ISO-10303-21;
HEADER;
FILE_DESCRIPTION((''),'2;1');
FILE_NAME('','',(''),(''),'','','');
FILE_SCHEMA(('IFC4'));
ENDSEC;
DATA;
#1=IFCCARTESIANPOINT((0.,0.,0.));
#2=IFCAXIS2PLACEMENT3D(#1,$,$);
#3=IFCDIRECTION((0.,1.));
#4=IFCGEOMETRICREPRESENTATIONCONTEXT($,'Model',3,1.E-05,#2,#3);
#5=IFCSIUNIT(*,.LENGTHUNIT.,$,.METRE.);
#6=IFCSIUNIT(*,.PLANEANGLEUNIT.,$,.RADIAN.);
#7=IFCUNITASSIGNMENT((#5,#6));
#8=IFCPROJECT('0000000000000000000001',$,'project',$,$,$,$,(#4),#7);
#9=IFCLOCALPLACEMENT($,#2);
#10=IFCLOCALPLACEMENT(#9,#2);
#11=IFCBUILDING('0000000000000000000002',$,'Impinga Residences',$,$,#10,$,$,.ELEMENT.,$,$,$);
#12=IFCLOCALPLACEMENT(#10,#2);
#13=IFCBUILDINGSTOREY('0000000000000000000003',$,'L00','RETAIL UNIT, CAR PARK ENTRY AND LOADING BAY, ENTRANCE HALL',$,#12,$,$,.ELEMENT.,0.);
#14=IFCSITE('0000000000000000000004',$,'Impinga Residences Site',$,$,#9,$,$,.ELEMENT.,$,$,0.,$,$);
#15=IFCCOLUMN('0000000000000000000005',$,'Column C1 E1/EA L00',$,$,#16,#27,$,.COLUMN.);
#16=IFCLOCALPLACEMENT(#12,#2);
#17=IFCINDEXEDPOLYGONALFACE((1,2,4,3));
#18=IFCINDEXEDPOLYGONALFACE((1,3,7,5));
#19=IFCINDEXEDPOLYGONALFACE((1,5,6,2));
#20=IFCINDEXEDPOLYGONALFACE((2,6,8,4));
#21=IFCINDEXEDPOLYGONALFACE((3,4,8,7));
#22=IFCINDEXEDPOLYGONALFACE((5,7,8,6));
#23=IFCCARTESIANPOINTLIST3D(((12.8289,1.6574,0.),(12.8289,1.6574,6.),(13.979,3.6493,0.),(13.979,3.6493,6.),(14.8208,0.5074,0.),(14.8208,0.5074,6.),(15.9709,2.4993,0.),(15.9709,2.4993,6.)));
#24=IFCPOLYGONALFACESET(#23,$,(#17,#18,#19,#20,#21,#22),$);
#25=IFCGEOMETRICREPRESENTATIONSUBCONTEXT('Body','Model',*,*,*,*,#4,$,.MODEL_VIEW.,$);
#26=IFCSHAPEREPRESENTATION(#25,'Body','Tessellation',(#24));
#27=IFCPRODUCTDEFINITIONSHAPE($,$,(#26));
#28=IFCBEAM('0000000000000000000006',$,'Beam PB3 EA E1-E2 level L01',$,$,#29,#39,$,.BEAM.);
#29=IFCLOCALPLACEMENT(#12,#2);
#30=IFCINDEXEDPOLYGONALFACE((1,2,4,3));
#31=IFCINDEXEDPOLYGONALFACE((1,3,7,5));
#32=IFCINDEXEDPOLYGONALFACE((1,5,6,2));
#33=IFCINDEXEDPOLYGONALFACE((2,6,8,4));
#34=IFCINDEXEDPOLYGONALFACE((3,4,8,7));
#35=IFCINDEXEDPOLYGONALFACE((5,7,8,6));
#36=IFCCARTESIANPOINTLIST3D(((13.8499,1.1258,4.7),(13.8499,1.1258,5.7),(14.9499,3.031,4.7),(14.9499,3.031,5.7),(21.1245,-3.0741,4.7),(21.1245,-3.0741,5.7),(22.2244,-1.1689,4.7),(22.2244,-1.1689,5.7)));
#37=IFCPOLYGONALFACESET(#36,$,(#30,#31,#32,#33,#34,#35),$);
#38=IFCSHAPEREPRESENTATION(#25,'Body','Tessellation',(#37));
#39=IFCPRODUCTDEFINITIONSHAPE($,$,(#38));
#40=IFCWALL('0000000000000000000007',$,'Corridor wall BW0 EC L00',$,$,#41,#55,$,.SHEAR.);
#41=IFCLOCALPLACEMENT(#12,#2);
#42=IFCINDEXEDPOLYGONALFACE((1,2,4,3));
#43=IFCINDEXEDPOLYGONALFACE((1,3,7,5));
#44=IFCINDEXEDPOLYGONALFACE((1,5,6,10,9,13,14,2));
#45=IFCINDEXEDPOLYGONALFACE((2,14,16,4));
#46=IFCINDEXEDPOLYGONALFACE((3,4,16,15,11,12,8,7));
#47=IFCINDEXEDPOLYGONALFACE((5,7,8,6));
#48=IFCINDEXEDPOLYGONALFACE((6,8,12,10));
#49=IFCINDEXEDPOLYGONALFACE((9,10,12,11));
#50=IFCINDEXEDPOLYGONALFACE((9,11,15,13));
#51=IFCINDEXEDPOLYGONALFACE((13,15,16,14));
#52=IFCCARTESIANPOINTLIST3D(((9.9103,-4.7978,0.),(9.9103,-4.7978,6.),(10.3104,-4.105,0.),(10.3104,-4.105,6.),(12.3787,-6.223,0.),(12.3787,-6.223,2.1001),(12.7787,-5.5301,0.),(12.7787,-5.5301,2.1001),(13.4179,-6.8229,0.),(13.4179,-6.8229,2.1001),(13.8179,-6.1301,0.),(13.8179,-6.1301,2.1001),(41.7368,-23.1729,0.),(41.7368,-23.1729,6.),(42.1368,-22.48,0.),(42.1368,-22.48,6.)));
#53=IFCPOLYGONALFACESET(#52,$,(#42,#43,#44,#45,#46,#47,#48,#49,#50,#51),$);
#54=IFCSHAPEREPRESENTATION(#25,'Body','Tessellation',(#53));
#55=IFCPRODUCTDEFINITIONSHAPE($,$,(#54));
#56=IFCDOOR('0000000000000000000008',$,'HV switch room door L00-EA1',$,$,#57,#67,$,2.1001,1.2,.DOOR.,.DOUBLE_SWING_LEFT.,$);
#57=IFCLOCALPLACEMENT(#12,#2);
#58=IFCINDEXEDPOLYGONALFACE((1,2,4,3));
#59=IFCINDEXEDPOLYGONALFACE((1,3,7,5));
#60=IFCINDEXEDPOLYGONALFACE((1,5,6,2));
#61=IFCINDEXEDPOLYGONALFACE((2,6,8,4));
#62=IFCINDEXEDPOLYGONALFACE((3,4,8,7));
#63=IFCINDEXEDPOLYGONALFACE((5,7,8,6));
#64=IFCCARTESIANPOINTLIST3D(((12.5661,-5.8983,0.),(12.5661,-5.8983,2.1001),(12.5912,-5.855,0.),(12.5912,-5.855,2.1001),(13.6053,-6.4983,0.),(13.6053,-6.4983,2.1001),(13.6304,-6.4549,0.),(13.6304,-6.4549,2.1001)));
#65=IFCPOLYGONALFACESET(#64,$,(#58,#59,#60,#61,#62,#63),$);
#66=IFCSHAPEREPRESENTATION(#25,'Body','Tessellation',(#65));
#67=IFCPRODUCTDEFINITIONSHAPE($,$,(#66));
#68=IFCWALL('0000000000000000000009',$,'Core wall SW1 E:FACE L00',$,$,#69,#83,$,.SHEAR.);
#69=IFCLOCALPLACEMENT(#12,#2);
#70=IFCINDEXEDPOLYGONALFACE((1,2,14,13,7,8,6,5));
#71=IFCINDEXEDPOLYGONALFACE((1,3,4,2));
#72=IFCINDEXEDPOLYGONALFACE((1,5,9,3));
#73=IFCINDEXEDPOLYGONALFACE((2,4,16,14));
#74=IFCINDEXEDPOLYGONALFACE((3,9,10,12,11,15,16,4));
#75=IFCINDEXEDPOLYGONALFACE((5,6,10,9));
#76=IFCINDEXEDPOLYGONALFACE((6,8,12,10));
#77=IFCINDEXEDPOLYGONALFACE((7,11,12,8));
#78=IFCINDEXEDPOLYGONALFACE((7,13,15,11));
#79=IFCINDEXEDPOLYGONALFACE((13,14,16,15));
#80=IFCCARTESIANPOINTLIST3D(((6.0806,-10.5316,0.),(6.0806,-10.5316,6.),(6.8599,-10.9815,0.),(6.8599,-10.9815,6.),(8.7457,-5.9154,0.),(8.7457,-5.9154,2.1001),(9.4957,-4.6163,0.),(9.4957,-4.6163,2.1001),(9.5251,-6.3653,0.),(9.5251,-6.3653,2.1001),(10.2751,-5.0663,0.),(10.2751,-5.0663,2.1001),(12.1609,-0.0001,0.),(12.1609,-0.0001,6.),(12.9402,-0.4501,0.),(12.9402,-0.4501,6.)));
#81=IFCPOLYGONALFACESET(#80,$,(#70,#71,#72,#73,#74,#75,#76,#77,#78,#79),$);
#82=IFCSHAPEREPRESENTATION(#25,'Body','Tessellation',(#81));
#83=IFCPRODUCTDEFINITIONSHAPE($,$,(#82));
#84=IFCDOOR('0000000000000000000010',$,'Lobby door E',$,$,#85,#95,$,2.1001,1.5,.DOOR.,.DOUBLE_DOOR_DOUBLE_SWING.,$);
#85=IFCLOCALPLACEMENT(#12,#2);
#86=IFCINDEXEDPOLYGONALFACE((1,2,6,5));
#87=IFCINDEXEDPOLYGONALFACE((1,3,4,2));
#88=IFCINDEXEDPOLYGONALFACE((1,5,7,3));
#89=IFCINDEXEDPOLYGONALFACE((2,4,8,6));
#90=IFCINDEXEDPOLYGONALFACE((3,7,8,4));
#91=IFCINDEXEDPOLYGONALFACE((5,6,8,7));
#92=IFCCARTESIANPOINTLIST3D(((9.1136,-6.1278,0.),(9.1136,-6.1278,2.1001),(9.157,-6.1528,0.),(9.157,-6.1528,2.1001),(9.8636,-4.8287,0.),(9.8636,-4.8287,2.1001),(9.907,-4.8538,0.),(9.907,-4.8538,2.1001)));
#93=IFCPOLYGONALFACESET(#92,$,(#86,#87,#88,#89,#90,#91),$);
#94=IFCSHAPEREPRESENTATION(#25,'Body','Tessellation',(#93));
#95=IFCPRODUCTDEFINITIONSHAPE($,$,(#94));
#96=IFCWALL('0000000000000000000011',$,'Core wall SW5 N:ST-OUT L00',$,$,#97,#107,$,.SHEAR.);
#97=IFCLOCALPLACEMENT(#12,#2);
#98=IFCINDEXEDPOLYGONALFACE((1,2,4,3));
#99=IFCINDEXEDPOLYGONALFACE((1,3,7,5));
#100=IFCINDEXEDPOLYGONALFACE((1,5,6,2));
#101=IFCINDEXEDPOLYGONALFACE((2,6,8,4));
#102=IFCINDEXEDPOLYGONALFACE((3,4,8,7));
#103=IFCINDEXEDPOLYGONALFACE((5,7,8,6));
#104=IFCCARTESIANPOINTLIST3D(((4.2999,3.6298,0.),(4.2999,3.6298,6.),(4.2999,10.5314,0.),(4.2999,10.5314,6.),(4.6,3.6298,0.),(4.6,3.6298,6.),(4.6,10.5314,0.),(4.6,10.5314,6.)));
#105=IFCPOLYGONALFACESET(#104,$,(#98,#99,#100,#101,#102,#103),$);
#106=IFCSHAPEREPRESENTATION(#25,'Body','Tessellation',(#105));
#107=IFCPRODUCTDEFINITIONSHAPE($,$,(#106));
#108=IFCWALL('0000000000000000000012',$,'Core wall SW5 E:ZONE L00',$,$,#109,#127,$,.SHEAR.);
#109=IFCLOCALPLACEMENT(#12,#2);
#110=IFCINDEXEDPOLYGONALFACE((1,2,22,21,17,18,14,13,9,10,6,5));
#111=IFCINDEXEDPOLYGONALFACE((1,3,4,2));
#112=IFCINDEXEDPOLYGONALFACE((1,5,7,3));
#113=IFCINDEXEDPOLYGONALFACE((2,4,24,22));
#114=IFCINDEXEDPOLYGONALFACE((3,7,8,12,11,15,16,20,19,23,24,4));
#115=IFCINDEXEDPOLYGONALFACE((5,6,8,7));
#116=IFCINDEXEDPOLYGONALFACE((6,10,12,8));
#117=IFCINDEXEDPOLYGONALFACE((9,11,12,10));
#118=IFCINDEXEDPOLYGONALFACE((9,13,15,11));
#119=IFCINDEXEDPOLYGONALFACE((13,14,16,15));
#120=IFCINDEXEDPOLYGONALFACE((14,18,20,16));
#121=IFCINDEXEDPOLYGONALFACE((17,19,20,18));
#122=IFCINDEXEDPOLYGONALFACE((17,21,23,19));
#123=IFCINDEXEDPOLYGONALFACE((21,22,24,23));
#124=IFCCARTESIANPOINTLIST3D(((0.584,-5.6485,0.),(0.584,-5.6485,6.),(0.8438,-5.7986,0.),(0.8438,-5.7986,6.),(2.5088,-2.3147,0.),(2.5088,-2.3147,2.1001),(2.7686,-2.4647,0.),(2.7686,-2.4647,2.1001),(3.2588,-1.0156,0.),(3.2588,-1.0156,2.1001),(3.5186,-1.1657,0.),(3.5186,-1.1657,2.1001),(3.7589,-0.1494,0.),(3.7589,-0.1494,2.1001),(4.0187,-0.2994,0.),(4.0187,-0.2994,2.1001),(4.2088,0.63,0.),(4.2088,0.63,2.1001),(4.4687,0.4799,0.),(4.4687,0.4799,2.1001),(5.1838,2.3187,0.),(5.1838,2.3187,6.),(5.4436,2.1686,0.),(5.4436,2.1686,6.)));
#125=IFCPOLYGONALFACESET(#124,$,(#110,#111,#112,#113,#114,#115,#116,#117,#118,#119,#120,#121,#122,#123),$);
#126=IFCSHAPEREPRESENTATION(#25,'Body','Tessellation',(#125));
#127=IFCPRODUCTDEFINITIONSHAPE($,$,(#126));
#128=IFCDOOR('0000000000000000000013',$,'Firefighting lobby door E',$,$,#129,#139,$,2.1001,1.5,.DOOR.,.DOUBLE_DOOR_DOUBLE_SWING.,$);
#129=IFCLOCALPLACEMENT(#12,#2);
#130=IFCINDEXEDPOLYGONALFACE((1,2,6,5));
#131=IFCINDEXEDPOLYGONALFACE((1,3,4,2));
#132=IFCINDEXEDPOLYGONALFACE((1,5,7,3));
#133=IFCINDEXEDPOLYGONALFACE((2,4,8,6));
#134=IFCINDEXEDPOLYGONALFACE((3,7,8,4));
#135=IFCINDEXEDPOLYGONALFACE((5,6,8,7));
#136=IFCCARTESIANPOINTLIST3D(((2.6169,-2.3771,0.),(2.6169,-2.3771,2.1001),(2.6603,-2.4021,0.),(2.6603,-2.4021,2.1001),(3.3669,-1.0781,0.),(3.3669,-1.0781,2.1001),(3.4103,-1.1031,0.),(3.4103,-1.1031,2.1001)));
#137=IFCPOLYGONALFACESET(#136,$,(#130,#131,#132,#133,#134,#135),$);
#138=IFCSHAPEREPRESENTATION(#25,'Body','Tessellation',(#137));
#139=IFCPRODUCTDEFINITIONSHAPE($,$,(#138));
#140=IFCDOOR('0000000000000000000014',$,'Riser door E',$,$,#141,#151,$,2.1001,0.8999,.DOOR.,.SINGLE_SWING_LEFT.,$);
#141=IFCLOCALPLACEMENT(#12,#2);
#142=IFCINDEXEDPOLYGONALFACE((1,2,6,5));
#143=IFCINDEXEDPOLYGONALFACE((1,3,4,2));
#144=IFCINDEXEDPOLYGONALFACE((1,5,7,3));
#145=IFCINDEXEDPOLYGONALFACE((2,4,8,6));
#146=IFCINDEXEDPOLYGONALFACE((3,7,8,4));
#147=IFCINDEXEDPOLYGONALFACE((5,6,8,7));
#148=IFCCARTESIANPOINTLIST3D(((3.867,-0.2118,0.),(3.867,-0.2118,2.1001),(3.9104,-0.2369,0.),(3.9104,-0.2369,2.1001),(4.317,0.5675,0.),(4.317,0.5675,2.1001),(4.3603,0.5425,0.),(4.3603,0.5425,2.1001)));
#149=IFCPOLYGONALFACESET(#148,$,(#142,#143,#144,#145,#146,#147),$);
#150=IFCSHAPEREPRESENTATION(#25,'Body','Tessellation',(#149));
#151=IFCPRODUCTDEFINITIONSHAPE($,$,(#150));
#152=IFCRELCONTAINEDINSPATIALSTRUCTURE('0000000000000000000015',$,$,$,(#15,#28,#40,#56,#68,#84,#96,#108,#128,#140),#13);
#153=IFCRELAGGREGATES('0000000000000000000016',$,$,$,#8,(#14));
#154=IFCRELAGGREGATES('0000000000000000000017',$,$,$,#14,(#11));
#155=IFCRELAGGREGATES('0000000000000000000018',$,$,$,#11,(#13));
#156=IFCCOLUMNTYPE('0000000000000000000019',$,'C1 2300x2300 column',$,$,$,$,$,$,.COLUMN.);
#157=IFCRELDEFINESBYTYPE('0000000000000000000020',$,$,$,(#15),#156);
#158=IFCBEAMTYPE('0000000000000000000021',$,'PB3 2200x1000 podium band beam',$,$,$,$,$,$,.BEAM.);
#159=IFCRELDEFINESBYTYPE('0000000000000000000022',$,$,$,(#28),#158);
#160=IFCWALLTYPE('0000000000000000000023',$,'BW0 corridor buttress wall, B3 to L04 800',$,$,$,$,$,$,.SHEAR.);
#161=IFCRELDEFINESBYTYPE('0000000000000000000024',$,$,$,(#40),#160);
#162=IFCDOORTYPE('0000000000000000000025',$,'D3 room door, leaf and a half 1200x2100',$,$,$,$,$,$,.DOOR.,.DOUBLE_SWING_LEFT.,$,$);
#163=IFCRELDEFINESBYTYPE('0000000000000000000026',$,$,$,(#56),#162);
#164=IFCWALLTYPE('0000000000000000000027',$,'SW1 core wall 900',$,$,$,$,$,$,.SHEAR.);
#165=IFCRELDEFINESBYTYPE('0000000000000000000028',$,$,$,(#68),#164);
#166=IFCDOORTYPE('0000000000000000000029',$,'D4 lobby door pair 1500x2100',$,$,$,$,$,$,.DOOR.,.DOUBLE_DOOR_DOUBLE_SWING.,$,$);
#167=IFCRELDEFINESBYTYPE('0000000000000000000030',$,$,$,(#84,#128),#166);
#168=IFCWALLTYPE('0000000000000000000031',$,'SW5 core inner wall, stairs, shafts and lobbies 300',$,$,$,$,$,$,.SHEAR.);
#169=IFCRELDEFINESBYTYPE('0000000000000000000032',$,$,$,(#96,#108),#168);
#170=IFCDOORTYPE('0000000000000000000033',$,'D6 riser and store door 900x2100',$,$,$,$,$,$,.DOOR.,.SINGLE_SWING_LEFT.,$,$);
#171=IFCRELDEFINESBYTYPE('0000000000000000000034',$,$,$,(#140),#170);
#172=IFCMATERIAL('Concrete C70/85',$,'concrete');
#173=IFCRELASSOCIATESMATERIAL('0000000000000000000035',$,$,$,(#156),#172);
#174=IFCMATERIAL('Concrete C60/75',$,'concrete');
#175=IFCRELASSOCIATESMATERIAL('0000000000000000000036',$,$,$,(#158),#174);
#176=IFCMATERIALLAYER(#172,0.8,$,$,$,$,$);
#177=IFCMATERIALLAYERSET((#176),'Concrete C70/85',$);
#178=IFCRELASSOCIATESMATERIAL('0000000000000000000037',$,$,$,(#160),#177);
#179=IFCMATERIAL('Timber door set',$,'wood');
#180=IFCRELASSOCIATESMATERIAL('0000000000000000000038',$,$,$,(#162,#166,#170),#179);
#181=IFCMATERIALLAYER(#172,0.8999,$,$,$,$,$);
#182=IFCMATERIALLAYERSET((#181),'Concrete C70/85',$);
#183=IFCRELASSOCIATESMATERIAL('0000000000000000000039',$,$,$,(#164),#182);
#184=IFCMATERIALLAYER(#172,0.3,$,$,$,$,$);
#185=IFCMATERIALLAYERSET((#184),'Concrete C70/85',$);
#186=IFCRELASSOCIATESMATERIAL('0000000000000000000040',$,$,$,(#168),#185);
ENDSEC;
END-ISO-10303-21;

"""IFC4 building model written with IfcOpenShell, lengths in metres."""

from ifc_helpers import new_model, si_unit, direction, frame, frame_2d, origin, origin_2d, place, context, subcontext, project, spatial, rectangle, extrude, material, layer, layer_set, material_profile, profile_set, type_object, element, fill, save


model = new_model("IFC4")

# Units and contexts
model_context = context("Model", 3, precision=1e-05, world=origin(), true_north=direction((0.0, 1.0)))
body_context = subcontext(model_context, "Body", "Model", "MODEL_VIEW")
ifc_project = project(units=[si_unit("LENGTHUNIT", "METRE"), si_unit("PLANEANGLEUNIT", "RADIAN")], contexts=[model_context])

# Site, building, storey
site_placement = place(None, origin())
site = spatial("IfcSite", under=ifc_project, at=site_placement, Name="Impinga Residences Site", CompositionType="ELEMENT", RefElevation=0.0)
building_placement = place(site_placement, origin())
building = spatial("IfcBuilding", under=site, at=building_placement, Name="Impinga Residences", CompositionType="ELEMENT")
storey_placement = place(building_placement, origin())
storey = spatial("IfcBuildingStorey", under=building, at=storey_placement, Name="L00", Description="RETAIL UNIT, CAR PARK ENTRY AND LOADING BAY, ENTRANCE HALL", CompositionType="ELEMENT", Elevation=0.0)

# Column
ifc_material_1 = material(Name="Concrete C70/85", Category="concrete")
ifc_material_profile_1 = material_profile(ifc_material_1, rectangle(XDim=2.3, YDim=2.3, at=origin_2d()), Name="RC 2300x2300")
ifc_profile_set_1 = profile_set([ifc_material_profile_1], Name="Concrete C70/85")
column_type = type_object("IfcColumnType", Name="C1 2300x2300 column", PredefinedType="COLUMN", material=ifc_profile_set_1)
column_placement = place(storey_placement, frame((14.3999, 2.0784, 0.0), z_axis=(0.0, 0.0, 1.0), x_axis=(-0.5, -0.866025, 0.0)))
element("IfcColumn", 1, at=column_placement, inside=storey, type_object=column_type, Name="Column C1 E1/EA L00", PredefinedType="COLUMN", context=body_context, shape_type="SweptSolid", body=[
    extrude(rectangle(XDim=2.3, YDim=2.3, at=origin_2d()), origin(), (0.0, 0.0, 1.0), 6.0),
])

# Beam
ifc_material_2 = material(Name="Concrete C60/75", Category="concrete")
ifc_material_profile_2 = material_profile(ifc_material_2, rectangle(XDim=2.2, YDim=1.0, at=origin_2d()), Name="RC 2200x1000")
ifc_profile_set_2 = profile_set([ifc_material_profile_2], Name="Concrete C60/75")
beam_type = type_object("IfcBeamType", Name="PB3 2200x1000 podium band beam", PredefinedType="BEAM", material=ifc_profile_set_2)
beam_placement = place(storey_placement, frame((14.3999, 2.0784, 5.2), z_axis=(0.866029, -0.499993, 0.0), x_axis=(0.499993, 0.866029, 0.0)))
element("IfcBeam", 2, at=beam_placement, inside=storey, type_object=beam_type, Name="Beam PB3 EA E1-E2 level L01", PredefinedType="BEAM", context=body_context, shape_type="SweptSolid", body=[
    extrude(rectangle(XDim=2.2, YDim=1.0, at=origin_2d()), origin(), (0.0, 0.0, 1.0), 8.3999),
])

# Walls, openings, doors
ifc_layer_1 = layer(ifc_material_1, 0.8)
ifc_layer_set_1 = layer_set([ifc_layer_1], Name="Concrete C70/85")
wall_type_1 = type_object("IfcWallType", Name="BW0 corridor buttress wall, B3 to L04 800", PredefinedType="SHEAR", material=ifc_layer_set_1)
wall_1_placement = place(storey_placement, frame((10.1104, -4.4514, 0.0), z_axis=(0.0, 0.0, 1.0), x_axis=(0.866025, -0.5, 0.0)))
wall_1 = element("IfcWall", 3, at=wall_1_placement, inside=storey, type_object=wall_type_1, Name="Corridor wall BW0 EC L00", PredefinedType="SHEAR", context=body_context, shape_type="SweptSolid", body=[
    extrude(rectangle(XDim=36.75, YDim=0.8, at=frame_2d((18.375, 0.0))), origin(), (0.0, 0.0, 1.0), 6.0),
])
opening_1_placement = place(wall_1_placement, frame((2.8501, 0.0, 0.0)))
opening_1 = element("IfcOpeningElement", 4, at=opening_1_placement, cuts=wall_1, PredefinedType="OPENING", context=body_context, shape_type="SweptSolid", body=[
    extrude(rectangle(XDim=1.2, YDim=2.1001, at=frame_2d((0.6001, 1.05))), frame((0.0, 0.4099, 0.0), z_axis=(0.0, -1.0, 0.0), x_axis=(1.0, 0.0, 0.0)), (0.0, 0.0, 1.0), 0.8201),
])
ifc_material_3 = material(Name="Timber door set", Category="wood")
door_type_1 = type_object("IfcDoorType", Name="D3 room door, leaf and a half 1200x2100", OperationType="DOUBLE_SWING_LEFT", PredefinedType="DOOR", material=ifc_material_3)
door_1_placement = place(opening_1_placement, origin())
door_1 = element("IfcDoor", 5, at=door_1_placement, inside=storey, type_object=door_type_1, Name="HV switch room door L00-EA1", OperationType="DOUBLE_SWING_LEFT", OverallHeight=2.1001, OverallWidth=1.2, PredefinedType="DOOR", context=body_context, shape_type="SweptSolid", body=[
    extrude(rectangle(XDim=1.2, YDim=2.1001, at=frame_2d((0.6001, 1.05))), frame((0.0, 0.0249, 0.0), z_axis=(0.0, -1.0, 0.0), x_axis=(1.0, 0.0, 0.0)), (0.0, 0.0, 1.0), 0.05),
])
fill(opening_1, door_1)
ifc_layer_2 = layer(ifc_material_1, 0.8999)
ifc_layer_set_2 = layer_set([ifc_layer_2], Name="Concrete C70/85")
wall_type_2 = type_object("IfcWallType", Name="SW1 core wall 900", PredefinedType="SHEAR", material=ifc_layer_set_2)
wall_2_placement = place(storey_placement, frame((12.5505, -0.2251, 0.0), z_axis=(0.0, 0.0, 1.0), x_axis=(-0.499998, -0.866027, 0.0)))
wall_2 = element("IfcWall", 6, at=wall_2_placement, inside=storey, type_object=wall_type_2, Name="Core wall SW1 E:FACE L00", PredefinedType="SHEAR", context=body_context, shape_type="SweptSolid", body=[
    extrude(rectangle(XDim=12.1606, YDim=0.8999, at=frame_2d((6.0803, 0.0))), origin(), (0.0, 0.0, 1.0), 6.0),
])
opening_2_placement = place(wall_2_placement, frame((5.3303, 0.0, 0.0)))
opening_2 = element("IfcOpeningElement", 7, at=opening_2_placement, cuts=wall_2, PredefinedType="OPENING", context=body_context, shape_type="SweptSolid", body=[
    extrude(rectangle(XDim=1.5, YDim=2.1001, at=frame_2d((0.75, 1.05))), frame((0.0, 0.46, 0.0), z_axis=(0.0, -1.0, 0.0), x_axis=(1.0, 0.0, 0.0)), (0.0, 0.0, 1.0), 0.9199),
])
door_type_2 = type_object("IfcDoorType", Name="D4 lobby door pair 1500x2100", OperationType="DOUBLE_DOOR_DOUBLE_SWING", PredefinedType="DOOR", material=ifc_material_3)
door_2_placement = place(opening_2_placement, origin())
door_2 = element("IfcDoor", 8, at=door_2_placement, inside=storey, type_object=door_type_2, Name="Lobby door E", OperationType="DOUBLE_DOOR_DOUBLE_SWING", OverallHeight=2.1001, OverallWidth=1.5, PredefinedType="DOOR", context=body_context, shape_type="SweptSolid", body=[
    extrude(rectangle(XDim=1.5, YDim=2.1001, at=frame_2d((0.75, 1.05))), frame((0.0, 0.0249, 0.0), z_axis=(0.0, -1.0, 0.0), x_axis=(1.0, 0.0, 0.0)), (0.0, 0.0, 1.0), 0.05),
])
fill(opening_2, door_2)

# Wall
ifc_layer_3 = layer(ifc_material_1, 0.3)
ifc_layer_set_3 = layer_set([ifc_layer_3], Name="Concrete C70/85")
wall_type_3 = type_object("IfcWallType", Name="SW5 core inner wall, stairs, shafts and lobbies 300", PredefinedType="SHEAR", material=ifc_layer_set_3)
wall_3_placement = place(storey_placement, frame((4.45, 3.6299, 0.0), z_axis=(0.0, 0.0, 1.0), x_axis=(0.0, 1.0, 0.0)))
element("IfcWall", 9, at=wall_3_placement, inside=storey, type_object=wall_type_3, Name="Core wall SW5 N:ST-OUT L00", PredefinedType="SHEAR", context=body_context, shape_type="SweptSolid", body=[
    extrude(rectangle(XDim=6.9016, YDim=0.3, at=frame_2d((3.4507, 0.0))), origin(), (0.0, 0.0, 1.0), 6.0),
])

# Wall, openings, doors
wall_4_placement = place(storey_placement, frame((5.3137, 2.2437, 0.0), z_axis=(0.0, 0.0, 1.0), x_axis=(-0.499995, -0.866028, 0.0)))
wall_4 = element("IfcWall", 10, at=wall_4_placement, inside=storey, type_object=wall_type_3, Name="Core wall SW5 E:ZONE L00", PredefinedType="SHEAR", context=body_context, shape_type="SweptSolid", body=[
    extrude(rectangle(XDim=9.1997, YDim=0.3, at=frame_2d((4.5999, 0.0))), origin(), (0.0, 0.0, 1.0), 6.0),
])
opening_3_placement = place(wall_4_placement, frame((3.8501, 0.0, 0.0)))
opening_3 = element("IfcOpeningElement", 11, at=opening_3_placement, cuts=wall_4, PredefinedType="OPENING", context=body_context, shape_type="SweptSolid", body=[
    extrude(rectangle(XDim=1.5, YDim=2.1001, at=frame_2d((0.75, 1.05))), frame((0.0, 0.1599, 0.0), z_axis=(0.0, -1.0, 0.0), x_axis=(1.0, 0.0, 0.0)), (0.0, 0.0, 1.0), 0.3201),
])
opening_4_placement = place(wall_4_placement, frame((1.95, 0.0, 0.0)))
opening_4 = element("IfcOpeningElement", 12, at=opening_4_placement, cuts=wall_4, PredefinedType="OPENING", context=body_context, shape_type="SweptSolid", body=[
    extrude(rectangle(XDim=0.8999, YDim=2.1001, at=frame_2d((0.45, 1.05))), frame((0.0, 0.1599, 0.0), z_axis=(0.0, -1.0, 0.0), x_axis=(1.0, 0.0, 0.0)), (0.0, 0.0, 1.0), 0.3201),
])
door_3_placement = place(opening_3_placement, origin())
door_3 = element("IfcDoor", 13, at=door_3_placement, inside=storey, type_object=door_type_2, Name="Firefighting lobby door E", OperationType="DOUBLE_DOOR_DOUBLE_SWING", OverallHeight=2.1001, OverallWidth=1.5, PredefinedType="DOOR", context=body_context, shape_type="SweptSolid", body=[
    extrude(rectangle(XDim=1.5, YDim=2.1001, at=frame_2d((0.75, 1.05))), frame((0.0, 0.0249, 0.0), z_axis=(0.0, -1.0, 0.0), x_axis=(1.0, 0.0, 0.0)), (0.0, 0.0, 1.0), 0.05),
])
fill(opening_3, door_3)
door_type_3 = type_object("IfcDoorType", Name="D6 riser and store door 900x2100", OperationType="SINGLE_SWING_LEFT", PredefinedType="DOOR", material=ifc_material_3)
door_4_placement = place(opening_4_placement, origin())
door_4 = element("IfcDoor", 14, at=door_4_placement, inside=storey, type_object=door_type_3, Name="Riser door E", OperationType="SINGLE_SWING_LEFT", OverallHeight=2.1001, OverallWidth=0.8999, PredefinedType="DOOR", context=body_context, shape_type="SweptSolid", body=[
    extrude(rectangle(XDim=0.8999, YDim=2.1001, at=frame_2d((0.45, 1.05))), frame((0.0, 0.0249, 0.0), z_axis=(0.0, -1.0, 0.0), x_axis=(1.0, 0.0, 0.0)), (0.0, 0.0, 1.0), 0.05),
])
fill(opening_4, door_4)

save(model, "model.ifc")
